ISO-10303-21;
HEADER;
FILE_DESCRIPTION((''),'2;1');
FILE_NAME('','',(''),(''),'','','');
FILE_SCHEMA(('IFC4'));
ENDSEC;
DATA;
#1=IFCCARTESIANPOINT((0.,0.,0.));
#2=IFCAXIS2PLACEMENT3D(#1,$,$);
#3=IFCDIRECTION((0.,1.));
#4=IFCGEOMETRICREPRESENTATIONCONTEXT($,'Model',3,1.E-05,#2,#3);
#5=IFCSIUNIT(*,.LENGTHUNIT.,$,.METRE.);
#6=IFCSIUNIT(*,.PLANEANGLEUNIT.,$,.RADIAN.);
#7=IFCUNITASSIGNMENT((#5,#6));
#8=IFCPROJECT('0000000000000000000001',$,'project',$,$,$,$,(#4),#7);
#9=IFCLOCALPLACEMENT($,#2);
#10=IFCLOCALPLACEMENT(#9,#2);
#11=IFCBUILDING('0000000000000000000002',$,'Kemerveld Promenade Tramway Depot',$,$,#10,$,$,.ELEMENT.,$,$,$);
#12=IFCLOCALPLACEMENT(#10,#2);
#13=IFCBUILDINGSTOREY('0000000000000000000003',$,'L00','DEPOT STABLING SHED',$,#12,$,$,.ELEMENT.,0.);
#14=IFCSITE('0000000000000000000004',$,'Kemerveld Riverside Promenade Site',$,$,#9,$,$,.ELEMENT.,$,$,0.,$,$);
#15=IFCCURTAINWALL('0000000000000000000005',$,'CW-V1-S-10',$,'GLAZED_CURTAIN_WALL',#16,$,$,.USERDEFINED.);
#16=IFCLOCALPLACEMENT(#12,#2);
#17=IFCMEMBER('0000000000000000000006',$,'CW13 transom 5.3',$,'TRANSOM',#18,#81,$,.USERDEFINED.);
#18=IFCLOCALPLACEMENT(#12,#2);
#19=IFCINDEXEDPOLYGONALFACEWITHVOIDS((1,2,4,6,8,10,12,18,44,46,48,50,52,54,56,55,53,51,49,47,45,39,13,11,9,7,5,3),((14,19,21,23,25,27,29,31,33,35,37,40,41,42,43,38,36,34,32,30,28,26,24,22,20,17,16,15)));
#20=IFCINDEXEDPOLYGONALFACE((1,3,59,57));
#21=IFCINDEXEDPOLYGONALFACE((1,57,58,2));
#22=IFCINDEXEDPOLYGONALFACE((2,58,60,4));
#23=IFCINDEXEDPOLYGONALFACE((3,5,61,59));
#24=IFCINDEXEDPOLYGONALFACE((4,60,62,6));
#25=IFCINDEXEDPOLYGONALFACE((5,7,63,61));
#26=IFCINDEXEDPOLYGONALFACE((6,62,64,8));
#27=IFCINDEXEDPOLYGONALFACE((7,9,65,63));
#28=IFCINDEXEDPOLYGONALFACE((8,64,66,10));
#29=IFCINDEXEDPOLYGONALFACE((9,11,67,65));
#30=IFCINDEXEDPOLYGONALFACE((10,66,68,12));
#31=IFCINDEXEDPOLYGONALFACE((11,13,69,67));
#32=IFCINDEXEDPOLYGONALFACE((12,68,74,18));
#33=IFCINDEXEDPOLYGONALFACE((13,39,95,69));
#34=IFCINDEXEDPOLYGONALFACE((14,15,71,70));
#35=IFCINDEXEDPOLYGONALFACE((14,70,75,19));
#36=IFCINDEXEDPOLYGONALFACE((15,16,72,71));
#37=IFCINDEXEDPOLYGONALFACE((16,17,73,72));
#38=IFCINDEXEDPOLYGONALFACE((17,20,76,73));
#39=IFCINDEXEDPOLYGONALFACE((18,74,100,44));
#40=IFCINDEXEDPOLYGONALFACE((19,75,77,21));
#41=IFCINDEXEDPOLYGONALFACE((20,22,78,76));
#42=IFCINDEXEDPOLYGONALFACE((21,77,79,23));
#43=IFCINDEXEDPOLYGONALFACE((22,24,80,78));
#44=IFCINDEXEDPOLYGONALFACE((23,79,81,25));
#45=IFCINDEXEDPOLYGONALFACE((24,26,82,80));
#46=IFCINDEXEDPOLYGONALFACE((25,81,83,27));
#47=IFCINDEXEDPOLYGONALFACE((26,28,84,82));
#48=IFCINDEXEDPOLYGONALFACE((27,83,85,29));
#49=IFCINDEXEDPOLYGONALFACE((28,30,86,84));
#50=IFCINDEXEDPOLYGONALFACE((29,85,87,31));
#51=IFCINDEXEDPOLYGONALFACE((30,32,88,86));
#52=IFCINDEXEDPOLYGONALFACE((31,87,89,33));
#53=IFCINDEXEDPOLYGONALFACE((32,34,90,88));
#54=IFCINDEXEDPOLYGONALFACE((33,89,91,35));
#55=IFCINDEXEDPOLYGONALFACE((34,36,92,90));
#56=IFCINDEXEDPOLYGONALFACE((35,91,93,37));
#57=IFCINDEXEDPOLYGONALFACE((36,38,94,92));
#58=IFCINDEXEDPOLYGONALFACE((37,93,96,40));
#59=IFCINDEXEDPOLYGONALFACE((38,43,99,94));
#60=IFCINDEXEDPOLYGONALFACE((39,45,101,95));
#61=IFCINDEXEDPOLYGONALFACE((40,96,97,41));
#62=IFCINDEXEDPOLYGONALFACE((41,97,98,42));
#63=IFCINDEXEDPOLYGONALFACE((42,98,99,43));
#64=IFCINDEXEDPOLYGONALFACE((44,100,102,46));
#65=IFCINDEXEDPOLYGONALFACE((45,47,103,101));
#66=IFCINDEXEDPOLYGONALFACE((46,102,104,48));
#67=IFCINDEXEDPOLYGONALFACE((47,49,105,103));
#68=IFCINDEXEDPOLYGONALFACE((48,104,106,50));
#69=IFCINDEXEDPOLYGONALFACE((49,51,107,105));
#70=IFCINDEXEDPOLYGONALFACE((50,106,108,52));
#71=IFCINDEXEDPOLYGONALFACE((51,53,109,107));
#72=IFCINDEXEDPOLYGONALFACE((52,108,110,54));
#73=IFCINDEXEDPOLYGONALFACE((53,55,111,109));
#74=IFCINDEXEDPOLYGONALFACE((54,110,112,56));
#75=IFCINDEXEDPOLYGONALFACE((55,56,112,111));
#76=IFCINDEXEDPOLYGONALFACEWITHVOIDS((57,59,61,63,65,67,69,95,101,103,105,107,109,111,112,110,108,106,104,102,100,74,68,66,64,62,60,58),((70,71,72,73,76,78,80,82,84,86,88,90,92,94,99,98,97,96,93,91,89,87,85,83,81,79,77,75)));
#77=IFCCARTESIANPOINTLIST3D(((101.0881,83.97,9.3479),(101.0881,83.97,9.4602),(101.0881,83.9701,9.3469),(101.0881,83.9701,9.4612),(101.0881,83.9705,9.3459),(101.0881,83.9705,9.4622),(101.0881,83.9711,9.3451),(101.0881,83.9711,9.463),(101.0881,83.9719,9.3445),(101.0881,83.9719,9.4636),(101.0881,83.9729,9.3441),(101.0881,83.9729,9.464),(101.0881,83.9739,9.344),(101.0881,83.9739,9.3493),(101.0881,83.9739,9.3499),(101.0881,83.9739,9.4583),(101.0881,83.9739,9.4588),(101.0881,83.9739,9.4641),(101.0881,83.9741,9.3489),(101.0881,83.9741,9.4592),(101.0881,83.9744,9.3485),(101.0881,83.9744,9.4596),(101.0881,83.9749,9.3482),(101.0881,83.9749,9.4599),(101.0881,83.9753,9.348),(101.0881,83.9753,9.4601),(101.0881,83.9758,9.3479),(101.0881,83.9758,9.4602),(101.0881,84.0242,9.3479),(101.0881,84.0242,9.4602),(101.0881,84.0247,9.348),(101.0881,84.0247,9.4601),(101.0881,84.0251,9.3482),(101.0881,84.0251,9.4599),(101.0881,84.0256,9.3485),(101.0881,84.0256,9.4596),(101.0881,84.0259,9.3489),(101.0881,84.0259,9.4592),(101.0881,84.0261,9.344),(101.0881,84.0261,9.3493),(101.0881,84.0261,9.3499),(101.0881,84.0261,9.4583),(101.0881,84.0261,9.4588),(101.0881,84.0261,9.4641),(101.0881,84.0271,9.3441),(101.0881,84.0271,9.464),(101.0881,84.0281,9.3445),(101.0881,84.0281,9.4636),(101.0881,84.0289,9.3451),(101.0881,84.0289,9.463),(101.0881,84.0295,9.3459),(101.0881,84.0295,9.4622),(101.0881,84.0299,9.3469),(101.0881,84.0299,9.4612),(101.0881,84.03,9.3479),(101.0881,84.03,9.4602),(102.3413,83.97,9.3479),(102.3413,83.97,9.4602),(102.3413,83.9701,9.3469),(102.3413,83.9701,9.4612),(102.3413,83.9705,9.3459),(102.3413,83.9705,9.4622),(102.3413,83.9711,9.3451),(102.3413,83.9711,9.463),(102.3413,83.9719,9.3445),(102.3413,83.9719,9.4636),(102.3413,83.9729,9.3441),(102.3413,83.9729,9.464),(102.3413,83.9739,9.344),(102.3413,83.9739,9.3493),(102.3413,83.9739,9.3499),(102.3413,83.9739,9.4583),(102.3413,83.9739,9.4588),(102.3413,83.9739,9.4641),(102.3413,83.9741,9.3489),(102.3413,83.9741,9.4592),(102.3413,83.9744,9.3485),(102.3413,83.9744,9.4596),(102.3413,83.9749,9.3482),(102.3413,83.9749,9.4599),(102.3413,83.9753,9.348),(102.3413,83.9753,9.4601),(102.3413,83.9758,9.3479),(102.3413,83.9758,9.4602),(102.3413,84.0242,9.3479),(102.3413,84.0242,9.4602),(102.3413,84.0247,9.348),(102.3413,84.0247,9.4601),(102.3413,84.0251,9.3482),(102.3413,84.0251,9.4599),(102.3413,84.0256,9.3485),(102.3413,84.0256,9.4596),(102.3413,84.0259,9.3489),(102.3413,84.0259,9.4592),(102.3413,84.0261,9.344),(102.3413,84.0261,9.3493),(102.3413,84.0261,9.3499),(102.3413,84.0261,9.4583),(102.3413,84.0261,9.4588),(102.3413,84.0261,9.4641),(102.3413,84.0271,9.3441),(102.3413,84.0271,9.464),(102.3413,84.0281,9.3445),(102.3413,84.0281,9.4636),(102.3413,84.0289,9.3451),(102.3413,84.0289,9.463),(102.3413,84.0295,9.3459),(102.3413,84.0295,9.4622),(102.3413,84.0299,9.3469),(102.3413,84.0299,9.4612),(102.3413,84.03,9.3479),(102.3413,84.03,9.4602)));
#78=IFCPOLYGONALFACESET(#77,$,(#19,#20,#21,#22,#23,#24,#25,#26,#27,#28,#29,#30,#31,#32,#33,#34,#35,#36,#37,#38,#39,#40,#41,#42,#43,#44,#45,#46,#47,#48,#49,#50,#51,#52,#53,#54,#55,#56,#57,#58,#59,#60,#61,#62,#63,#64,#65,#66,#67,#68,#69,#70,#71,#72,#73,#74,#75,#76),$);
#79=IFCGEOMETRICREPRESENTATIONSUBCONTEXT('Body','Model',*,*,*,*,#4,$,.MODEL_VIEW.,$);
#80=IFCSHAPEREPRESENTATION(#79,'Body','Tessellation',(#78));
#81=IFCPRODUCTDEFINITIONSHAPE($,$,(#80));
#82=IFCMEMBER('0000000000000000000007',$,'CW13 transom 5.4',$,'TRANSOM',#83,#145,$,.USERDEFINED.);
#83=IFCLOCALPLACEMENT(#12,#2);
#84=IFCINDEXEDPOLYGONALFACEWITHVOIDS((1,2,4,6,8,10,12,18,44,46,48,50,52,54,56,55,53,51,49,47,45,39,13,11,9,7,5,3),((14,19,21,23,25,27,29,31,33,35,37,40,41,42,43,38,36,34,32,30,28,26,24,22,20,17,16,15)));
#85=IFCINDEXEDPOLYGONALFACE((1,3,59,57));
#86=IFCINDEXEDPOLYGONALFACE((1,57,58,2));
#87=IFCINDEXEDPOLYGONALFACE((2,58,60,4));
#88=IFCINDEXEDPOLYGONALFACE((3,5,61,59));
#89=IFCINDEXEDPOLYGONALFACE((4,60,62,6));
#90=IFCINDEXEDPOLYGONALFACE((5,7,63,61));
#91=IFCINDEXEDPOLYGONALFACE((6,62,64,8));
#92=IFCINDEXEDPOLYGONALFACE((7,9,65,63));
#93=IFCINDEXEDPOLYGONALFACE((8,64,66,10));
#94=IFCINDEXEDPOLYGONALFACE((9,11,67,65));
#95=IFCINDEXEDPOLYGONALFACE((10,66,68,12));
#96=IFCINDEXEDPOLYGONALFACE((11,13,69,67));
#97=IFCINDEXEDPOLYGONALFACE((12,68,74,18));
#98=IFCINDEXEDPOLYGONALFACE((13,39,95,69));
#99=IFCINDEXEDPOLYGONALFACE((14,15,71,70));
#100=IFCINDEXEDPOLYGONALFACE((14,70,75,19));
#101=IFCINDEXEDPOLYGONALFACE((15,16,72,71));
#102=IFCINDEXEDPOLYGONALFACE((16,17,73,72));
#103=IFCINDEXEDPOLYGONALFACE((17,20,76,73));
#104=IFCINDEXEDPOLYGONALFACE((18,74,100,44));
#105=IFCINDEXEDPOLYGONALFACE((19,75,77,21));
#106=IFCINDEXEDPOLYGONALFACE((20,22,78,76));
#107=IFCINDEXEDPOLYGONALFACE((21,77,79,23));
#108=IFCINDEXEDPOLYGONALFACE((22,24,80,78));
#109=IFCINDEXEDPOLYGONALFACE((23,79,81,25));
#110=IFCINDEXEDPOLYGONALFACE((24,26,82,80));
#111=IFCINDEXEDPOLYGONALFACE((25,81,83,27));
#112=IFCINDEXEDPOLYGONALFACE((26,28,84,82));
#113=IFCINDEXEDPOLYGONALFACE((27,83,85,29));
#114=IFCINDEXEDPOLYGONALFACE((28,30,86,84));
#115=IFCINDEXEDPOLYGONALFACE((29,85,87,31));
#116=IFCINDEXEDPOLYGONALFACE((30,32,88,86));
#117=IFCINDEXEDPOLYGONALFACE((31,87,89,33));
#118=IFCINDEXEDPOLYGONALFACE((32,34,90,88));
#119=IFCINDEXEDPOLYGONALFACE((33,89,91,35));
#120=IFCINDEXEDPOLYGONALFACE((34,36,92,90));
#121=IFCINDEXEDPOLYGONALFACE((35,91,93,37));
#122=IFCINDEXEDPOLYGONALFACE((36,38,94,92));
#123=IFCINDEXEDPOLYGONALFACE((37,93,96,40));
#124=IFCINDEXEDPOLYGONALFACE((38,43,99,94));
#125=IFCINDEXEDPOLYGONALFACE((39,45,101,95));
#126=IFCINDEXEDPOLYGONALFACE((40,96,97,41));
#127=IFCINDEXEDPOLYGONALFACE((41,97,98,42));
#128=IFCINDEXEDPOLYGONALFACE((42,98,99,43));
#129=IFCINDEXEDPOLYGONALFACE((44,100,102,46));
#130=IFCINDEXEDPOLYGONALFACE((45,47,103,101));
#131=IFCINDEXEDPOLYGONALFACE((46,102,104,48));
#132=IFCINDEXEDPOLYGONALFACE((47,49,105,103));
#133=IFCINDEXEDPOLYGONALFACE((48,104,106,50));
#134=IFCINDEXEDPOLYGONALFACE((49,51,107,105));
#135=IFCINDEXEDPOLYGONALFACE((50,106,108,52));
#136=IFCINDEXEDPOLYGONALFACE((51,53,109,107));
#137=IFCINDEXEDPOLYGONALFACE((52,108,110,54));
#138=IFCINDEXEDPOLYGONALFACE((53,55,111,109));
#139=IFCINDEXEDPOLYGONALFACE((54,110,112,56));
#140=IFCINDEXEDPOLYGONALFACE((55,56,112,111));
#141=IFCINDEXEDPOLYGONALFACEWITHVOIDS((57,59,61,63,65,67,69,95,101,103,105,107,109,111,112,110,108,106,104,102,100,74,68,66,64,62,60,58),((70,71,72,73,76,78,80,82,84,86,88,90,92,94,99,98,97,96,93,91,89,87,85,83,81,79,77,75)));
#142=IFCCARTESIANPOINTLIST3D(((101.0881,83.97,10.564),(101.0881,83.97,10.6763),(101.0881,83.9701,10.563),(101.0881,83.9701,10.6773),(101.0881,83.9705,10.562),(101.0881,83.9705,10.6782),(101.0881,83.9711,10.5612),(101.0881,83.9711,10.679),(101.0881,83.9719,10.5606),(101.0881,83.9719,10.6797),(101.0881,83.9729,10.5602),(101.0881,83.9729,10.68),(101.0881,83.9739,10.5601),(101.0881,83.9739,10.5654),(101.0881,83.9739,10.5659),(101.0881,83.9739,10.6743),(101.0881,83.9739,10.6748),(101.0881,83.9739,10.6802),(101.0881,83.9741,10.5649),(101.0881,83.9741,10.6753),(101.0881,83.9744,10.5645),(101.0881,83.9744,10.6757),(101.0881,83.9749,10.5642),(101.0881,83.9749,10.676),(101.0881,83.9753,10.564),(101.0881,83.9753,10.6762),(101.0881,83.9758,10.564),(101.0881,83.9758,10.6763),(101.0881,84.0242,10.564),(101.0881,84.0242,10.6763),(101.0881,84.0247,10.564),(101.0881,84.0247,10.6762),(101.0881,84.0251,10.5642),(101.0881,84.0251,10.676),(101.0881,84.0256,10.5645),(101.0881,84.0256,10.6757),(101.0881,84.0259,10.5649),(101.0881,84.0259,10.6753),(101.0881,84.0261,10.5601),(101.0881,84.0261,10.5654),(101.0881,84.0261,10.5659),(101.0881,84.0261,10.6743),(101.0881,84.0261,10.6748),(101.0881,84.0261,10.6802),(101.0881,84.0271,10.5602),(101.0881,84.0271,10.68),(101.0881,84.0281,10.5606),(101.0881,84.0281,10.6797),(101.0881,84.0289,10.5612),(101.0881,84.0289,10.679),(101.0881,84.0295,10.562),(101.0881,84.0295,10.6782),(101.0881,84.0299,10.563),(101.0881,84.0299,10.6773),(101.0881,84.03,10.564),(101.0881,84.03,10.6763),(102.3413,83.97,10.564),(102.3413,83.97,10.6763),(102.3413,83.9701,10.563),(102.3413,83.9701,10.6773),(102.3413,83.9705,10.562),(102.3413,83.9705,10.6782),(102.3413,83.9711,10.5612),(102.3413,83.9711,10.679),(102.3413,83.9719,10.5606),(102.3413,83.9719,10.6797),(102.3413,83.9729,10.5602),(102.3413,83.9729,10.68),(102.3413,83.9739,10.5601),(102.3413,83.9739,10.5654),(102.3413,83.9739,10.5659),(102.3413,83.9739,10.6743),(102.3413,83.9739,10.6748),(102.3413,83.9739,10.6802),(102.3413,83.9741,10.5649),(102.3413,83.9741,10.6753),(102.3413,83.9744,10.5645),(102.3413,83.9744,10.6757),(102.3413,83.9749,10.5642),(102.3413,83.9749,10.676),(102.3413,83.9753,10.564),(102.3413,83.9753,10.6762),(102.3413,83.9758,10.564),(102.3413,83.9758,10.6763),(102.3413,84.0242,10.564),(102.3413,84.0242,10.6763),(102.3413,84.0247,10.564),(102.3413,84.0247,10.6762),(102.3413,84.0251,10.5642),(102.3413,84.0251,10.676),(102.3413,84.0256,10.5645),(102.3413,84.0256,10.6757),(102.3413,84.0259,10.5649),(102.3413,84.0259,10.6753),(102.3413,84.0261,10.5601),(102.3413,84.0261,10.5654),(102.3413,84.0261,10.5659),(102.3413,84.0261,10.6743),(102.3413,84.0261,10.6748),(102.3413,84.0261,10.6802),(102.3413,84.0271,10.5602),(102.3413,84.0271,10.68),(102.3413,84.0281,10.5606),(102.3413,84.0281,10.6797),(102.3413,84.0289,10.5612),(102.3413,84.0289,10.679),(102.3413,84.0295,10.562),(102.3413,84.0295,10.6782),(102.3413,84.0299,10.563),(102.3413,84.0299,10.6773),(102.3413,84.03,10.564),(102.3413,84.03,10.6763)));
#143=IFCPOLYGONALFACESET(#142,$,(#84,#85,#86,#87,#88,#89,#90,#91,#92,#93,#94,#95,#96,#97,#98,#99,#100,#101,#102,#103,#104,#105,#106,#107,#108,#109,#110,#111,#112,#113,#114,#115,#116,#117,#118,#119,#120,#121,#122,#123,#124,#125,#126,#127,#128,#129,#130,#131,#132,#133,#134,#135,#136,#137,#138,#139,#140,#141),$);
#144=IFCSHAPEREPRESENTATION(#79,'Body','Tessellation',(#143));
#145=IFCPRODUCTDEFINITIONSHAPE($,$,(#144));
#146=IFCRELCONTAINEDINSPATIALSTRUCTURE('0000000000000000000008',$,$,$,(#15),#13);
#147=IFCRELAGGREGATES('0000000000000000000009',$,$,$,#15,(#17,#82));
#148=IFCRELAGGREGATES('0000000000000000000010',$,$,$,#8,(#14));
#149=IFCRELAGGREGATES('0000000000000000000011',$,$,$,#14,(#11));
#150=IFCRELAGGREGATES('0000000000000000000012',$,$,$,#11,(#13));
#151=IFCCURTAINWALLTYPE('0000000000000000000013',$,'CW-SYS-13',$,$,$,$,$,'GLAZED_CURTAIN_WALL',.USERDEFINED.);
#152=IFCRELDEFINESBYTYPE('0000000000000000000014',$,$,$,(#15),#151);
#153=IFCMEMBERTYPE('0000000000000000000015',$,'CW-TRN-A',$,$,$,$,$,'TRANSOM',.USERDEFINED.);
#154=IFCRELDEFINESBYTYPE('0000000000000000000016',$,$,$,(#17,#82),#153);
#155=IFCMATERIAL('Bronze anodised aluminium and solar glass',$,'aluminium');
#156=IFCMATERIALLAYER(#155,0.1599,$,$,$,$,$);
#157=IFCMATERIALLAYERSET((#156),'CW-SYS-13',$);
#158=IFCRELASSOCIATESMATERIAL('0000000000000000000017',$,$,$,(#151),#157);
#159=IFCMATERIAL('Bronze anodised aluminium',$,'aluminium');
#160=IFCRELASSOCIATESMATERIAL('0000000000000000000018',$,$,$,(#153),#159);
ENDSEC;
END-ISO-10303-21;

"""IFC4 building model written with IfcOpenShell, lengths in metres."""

from ifc_helpers import new_model, si_unit, direction, frame, origin, origin_2d, place, context, subcontext, project, spatial, hollow_rectangle, extrude, material, layer, layer_set, material_profile, profile_set, type_object, element, aggregate, save


model = new_model("IFC4")

# Units and contexts
model_context = context("Model", 3, precision=1e-05, world=origin(), true_north=direction((0.0, 1.0)))
body_context = subcontext(model_context, "Body", "Model", "MODEL_VIEW")
ifc_project = project(units=[si_unit("LENGTHUNIT", "METRE"), si_unit("PLANEANGLEUNIT", "RADIAN")], contexts=[model_context])

# Site, building, storey
site_placement = place(None, origin())
site = spatial("IfcSite", under=ifc_project, at=site_placement, Name="Kemerveld Riverside Promenade Site", CompositionType="ELEMENT", RefElevation=0.0)
building_placement = place(site_placement, origin())
building = spatial("IfcBuilding", under=site, at=building_placement, Name="Kemerveld Promenade Tramway Depot", CompositionType="ELEMENT")
storey_placement = place(building_placement, origin())
storey = spatial("IfcBuildingStorey", under=building, at=storey_placement, Name="L00", Description="DEPOT STABLING SHED", CompositionType="ELEMENT", Elevation=0.0)

# Curtain wall, members
ifc_material_1 = material(Name="Bronze anodised aluminium and solar glass", Category="aluminium")
ifc_layer_1 = layer(ifc_material_1, 0.1599)
ifc_layer_set_1 = layer_set([ifc_layer_1], Name="CW-SYS-13")
curtain_wall_type_1 = type_object("IfcCurtainWallType", Name="CW-SYS-13", ElementType="GLAZED_CURTAIN_WALL", PredefinedType="USERDEFINED", material=ifc_layer_set_1)
curtain_wall_1_placement = place(storey_placement, origin())
curtain_wall_1 = element("IfcCurtainWall", 1, at=curtain_wall_1_placement, inside=storey, type_object=curtain_wall_type_1, Name="CW-V1-S-10", ObjectType="GLAZED_CURTAIN_WALL", PredefinedType="USERDEFINED")
ifc_material_2 = material(Name="Bronze anodised aluminium", Category="aluminium")
ifc_material_profile_1 = material_profile(ifc_material_2, hollow_rectangle(XDim=0.0601, YDim=0.1201, WallThickness=0.0039, InnerFilletRadius=0.002, OuterFilletRadius=0.0039, at=origin_2d()), Name="CW-TRN-120x60")
ifc_profile_set_1 = profile_set([ifc_material_profile_1], Name="Bronze anodised aluminium")
member_type_1 = type_object("IfcMemberType", Name="CW-TRN-A", ElementType="TRANSOM", PredefinedType="USERDEFINED", material=ifc_profile_set_1)
member_1_placement = place(storey_placement, frame((102.3413, 84.0, 9.4041), z_axis=(-1.0, 0.0, 0.0), x_axis=(0.0, -1.0, 0.0)))
member_1 = element("IfcMember", 2, at=member_1_placement, type_object=member_type_1, Name="CW13 transom 5.3", ObjectType="TRANSOM", PredefinedType="USERDEFINED", context=body_context, shape_type="SweptSolid", body=[
    extrude(hollow_rectangle(XDim=0.0601, YDim=0.1201, WallThickness=0.0039, InnerFilletRadius=0.002, OuterFilletRadius=0.0039, at=origin_2d()), origin(), (0.0, 0.0, 1.0), 1.2532),
])
member_2_placement = place(storey_placement, frame((102.3413, 84.0, 10.6201), z_axis=(-1.0, 0.0, 0.0), x_axis=(0.0, -1.0, 0.0)))
member_2 = element("IfcMember", 3, at=member_2_placement, type_object=member_type_1, Name="CW13 transom 5.4", ObjectType="TRANSOM", PredefinedType="USERDEFINED", context=body_context, shape_type="SweptSolid", body=[
    extrude(hollow_rectangle(XDim=0.0601, YDim=0.1201, WallThickness=0.0039, InnerFilletRadius=0.002, OuterFilletRadius=0.0039, at=origin_2d()), origin(), (0.0, 0.0, 1.0), 1.2532),
])

aggregate(curtain_wall_1, [member_1, member_2])

save(model, "model.ifc")
